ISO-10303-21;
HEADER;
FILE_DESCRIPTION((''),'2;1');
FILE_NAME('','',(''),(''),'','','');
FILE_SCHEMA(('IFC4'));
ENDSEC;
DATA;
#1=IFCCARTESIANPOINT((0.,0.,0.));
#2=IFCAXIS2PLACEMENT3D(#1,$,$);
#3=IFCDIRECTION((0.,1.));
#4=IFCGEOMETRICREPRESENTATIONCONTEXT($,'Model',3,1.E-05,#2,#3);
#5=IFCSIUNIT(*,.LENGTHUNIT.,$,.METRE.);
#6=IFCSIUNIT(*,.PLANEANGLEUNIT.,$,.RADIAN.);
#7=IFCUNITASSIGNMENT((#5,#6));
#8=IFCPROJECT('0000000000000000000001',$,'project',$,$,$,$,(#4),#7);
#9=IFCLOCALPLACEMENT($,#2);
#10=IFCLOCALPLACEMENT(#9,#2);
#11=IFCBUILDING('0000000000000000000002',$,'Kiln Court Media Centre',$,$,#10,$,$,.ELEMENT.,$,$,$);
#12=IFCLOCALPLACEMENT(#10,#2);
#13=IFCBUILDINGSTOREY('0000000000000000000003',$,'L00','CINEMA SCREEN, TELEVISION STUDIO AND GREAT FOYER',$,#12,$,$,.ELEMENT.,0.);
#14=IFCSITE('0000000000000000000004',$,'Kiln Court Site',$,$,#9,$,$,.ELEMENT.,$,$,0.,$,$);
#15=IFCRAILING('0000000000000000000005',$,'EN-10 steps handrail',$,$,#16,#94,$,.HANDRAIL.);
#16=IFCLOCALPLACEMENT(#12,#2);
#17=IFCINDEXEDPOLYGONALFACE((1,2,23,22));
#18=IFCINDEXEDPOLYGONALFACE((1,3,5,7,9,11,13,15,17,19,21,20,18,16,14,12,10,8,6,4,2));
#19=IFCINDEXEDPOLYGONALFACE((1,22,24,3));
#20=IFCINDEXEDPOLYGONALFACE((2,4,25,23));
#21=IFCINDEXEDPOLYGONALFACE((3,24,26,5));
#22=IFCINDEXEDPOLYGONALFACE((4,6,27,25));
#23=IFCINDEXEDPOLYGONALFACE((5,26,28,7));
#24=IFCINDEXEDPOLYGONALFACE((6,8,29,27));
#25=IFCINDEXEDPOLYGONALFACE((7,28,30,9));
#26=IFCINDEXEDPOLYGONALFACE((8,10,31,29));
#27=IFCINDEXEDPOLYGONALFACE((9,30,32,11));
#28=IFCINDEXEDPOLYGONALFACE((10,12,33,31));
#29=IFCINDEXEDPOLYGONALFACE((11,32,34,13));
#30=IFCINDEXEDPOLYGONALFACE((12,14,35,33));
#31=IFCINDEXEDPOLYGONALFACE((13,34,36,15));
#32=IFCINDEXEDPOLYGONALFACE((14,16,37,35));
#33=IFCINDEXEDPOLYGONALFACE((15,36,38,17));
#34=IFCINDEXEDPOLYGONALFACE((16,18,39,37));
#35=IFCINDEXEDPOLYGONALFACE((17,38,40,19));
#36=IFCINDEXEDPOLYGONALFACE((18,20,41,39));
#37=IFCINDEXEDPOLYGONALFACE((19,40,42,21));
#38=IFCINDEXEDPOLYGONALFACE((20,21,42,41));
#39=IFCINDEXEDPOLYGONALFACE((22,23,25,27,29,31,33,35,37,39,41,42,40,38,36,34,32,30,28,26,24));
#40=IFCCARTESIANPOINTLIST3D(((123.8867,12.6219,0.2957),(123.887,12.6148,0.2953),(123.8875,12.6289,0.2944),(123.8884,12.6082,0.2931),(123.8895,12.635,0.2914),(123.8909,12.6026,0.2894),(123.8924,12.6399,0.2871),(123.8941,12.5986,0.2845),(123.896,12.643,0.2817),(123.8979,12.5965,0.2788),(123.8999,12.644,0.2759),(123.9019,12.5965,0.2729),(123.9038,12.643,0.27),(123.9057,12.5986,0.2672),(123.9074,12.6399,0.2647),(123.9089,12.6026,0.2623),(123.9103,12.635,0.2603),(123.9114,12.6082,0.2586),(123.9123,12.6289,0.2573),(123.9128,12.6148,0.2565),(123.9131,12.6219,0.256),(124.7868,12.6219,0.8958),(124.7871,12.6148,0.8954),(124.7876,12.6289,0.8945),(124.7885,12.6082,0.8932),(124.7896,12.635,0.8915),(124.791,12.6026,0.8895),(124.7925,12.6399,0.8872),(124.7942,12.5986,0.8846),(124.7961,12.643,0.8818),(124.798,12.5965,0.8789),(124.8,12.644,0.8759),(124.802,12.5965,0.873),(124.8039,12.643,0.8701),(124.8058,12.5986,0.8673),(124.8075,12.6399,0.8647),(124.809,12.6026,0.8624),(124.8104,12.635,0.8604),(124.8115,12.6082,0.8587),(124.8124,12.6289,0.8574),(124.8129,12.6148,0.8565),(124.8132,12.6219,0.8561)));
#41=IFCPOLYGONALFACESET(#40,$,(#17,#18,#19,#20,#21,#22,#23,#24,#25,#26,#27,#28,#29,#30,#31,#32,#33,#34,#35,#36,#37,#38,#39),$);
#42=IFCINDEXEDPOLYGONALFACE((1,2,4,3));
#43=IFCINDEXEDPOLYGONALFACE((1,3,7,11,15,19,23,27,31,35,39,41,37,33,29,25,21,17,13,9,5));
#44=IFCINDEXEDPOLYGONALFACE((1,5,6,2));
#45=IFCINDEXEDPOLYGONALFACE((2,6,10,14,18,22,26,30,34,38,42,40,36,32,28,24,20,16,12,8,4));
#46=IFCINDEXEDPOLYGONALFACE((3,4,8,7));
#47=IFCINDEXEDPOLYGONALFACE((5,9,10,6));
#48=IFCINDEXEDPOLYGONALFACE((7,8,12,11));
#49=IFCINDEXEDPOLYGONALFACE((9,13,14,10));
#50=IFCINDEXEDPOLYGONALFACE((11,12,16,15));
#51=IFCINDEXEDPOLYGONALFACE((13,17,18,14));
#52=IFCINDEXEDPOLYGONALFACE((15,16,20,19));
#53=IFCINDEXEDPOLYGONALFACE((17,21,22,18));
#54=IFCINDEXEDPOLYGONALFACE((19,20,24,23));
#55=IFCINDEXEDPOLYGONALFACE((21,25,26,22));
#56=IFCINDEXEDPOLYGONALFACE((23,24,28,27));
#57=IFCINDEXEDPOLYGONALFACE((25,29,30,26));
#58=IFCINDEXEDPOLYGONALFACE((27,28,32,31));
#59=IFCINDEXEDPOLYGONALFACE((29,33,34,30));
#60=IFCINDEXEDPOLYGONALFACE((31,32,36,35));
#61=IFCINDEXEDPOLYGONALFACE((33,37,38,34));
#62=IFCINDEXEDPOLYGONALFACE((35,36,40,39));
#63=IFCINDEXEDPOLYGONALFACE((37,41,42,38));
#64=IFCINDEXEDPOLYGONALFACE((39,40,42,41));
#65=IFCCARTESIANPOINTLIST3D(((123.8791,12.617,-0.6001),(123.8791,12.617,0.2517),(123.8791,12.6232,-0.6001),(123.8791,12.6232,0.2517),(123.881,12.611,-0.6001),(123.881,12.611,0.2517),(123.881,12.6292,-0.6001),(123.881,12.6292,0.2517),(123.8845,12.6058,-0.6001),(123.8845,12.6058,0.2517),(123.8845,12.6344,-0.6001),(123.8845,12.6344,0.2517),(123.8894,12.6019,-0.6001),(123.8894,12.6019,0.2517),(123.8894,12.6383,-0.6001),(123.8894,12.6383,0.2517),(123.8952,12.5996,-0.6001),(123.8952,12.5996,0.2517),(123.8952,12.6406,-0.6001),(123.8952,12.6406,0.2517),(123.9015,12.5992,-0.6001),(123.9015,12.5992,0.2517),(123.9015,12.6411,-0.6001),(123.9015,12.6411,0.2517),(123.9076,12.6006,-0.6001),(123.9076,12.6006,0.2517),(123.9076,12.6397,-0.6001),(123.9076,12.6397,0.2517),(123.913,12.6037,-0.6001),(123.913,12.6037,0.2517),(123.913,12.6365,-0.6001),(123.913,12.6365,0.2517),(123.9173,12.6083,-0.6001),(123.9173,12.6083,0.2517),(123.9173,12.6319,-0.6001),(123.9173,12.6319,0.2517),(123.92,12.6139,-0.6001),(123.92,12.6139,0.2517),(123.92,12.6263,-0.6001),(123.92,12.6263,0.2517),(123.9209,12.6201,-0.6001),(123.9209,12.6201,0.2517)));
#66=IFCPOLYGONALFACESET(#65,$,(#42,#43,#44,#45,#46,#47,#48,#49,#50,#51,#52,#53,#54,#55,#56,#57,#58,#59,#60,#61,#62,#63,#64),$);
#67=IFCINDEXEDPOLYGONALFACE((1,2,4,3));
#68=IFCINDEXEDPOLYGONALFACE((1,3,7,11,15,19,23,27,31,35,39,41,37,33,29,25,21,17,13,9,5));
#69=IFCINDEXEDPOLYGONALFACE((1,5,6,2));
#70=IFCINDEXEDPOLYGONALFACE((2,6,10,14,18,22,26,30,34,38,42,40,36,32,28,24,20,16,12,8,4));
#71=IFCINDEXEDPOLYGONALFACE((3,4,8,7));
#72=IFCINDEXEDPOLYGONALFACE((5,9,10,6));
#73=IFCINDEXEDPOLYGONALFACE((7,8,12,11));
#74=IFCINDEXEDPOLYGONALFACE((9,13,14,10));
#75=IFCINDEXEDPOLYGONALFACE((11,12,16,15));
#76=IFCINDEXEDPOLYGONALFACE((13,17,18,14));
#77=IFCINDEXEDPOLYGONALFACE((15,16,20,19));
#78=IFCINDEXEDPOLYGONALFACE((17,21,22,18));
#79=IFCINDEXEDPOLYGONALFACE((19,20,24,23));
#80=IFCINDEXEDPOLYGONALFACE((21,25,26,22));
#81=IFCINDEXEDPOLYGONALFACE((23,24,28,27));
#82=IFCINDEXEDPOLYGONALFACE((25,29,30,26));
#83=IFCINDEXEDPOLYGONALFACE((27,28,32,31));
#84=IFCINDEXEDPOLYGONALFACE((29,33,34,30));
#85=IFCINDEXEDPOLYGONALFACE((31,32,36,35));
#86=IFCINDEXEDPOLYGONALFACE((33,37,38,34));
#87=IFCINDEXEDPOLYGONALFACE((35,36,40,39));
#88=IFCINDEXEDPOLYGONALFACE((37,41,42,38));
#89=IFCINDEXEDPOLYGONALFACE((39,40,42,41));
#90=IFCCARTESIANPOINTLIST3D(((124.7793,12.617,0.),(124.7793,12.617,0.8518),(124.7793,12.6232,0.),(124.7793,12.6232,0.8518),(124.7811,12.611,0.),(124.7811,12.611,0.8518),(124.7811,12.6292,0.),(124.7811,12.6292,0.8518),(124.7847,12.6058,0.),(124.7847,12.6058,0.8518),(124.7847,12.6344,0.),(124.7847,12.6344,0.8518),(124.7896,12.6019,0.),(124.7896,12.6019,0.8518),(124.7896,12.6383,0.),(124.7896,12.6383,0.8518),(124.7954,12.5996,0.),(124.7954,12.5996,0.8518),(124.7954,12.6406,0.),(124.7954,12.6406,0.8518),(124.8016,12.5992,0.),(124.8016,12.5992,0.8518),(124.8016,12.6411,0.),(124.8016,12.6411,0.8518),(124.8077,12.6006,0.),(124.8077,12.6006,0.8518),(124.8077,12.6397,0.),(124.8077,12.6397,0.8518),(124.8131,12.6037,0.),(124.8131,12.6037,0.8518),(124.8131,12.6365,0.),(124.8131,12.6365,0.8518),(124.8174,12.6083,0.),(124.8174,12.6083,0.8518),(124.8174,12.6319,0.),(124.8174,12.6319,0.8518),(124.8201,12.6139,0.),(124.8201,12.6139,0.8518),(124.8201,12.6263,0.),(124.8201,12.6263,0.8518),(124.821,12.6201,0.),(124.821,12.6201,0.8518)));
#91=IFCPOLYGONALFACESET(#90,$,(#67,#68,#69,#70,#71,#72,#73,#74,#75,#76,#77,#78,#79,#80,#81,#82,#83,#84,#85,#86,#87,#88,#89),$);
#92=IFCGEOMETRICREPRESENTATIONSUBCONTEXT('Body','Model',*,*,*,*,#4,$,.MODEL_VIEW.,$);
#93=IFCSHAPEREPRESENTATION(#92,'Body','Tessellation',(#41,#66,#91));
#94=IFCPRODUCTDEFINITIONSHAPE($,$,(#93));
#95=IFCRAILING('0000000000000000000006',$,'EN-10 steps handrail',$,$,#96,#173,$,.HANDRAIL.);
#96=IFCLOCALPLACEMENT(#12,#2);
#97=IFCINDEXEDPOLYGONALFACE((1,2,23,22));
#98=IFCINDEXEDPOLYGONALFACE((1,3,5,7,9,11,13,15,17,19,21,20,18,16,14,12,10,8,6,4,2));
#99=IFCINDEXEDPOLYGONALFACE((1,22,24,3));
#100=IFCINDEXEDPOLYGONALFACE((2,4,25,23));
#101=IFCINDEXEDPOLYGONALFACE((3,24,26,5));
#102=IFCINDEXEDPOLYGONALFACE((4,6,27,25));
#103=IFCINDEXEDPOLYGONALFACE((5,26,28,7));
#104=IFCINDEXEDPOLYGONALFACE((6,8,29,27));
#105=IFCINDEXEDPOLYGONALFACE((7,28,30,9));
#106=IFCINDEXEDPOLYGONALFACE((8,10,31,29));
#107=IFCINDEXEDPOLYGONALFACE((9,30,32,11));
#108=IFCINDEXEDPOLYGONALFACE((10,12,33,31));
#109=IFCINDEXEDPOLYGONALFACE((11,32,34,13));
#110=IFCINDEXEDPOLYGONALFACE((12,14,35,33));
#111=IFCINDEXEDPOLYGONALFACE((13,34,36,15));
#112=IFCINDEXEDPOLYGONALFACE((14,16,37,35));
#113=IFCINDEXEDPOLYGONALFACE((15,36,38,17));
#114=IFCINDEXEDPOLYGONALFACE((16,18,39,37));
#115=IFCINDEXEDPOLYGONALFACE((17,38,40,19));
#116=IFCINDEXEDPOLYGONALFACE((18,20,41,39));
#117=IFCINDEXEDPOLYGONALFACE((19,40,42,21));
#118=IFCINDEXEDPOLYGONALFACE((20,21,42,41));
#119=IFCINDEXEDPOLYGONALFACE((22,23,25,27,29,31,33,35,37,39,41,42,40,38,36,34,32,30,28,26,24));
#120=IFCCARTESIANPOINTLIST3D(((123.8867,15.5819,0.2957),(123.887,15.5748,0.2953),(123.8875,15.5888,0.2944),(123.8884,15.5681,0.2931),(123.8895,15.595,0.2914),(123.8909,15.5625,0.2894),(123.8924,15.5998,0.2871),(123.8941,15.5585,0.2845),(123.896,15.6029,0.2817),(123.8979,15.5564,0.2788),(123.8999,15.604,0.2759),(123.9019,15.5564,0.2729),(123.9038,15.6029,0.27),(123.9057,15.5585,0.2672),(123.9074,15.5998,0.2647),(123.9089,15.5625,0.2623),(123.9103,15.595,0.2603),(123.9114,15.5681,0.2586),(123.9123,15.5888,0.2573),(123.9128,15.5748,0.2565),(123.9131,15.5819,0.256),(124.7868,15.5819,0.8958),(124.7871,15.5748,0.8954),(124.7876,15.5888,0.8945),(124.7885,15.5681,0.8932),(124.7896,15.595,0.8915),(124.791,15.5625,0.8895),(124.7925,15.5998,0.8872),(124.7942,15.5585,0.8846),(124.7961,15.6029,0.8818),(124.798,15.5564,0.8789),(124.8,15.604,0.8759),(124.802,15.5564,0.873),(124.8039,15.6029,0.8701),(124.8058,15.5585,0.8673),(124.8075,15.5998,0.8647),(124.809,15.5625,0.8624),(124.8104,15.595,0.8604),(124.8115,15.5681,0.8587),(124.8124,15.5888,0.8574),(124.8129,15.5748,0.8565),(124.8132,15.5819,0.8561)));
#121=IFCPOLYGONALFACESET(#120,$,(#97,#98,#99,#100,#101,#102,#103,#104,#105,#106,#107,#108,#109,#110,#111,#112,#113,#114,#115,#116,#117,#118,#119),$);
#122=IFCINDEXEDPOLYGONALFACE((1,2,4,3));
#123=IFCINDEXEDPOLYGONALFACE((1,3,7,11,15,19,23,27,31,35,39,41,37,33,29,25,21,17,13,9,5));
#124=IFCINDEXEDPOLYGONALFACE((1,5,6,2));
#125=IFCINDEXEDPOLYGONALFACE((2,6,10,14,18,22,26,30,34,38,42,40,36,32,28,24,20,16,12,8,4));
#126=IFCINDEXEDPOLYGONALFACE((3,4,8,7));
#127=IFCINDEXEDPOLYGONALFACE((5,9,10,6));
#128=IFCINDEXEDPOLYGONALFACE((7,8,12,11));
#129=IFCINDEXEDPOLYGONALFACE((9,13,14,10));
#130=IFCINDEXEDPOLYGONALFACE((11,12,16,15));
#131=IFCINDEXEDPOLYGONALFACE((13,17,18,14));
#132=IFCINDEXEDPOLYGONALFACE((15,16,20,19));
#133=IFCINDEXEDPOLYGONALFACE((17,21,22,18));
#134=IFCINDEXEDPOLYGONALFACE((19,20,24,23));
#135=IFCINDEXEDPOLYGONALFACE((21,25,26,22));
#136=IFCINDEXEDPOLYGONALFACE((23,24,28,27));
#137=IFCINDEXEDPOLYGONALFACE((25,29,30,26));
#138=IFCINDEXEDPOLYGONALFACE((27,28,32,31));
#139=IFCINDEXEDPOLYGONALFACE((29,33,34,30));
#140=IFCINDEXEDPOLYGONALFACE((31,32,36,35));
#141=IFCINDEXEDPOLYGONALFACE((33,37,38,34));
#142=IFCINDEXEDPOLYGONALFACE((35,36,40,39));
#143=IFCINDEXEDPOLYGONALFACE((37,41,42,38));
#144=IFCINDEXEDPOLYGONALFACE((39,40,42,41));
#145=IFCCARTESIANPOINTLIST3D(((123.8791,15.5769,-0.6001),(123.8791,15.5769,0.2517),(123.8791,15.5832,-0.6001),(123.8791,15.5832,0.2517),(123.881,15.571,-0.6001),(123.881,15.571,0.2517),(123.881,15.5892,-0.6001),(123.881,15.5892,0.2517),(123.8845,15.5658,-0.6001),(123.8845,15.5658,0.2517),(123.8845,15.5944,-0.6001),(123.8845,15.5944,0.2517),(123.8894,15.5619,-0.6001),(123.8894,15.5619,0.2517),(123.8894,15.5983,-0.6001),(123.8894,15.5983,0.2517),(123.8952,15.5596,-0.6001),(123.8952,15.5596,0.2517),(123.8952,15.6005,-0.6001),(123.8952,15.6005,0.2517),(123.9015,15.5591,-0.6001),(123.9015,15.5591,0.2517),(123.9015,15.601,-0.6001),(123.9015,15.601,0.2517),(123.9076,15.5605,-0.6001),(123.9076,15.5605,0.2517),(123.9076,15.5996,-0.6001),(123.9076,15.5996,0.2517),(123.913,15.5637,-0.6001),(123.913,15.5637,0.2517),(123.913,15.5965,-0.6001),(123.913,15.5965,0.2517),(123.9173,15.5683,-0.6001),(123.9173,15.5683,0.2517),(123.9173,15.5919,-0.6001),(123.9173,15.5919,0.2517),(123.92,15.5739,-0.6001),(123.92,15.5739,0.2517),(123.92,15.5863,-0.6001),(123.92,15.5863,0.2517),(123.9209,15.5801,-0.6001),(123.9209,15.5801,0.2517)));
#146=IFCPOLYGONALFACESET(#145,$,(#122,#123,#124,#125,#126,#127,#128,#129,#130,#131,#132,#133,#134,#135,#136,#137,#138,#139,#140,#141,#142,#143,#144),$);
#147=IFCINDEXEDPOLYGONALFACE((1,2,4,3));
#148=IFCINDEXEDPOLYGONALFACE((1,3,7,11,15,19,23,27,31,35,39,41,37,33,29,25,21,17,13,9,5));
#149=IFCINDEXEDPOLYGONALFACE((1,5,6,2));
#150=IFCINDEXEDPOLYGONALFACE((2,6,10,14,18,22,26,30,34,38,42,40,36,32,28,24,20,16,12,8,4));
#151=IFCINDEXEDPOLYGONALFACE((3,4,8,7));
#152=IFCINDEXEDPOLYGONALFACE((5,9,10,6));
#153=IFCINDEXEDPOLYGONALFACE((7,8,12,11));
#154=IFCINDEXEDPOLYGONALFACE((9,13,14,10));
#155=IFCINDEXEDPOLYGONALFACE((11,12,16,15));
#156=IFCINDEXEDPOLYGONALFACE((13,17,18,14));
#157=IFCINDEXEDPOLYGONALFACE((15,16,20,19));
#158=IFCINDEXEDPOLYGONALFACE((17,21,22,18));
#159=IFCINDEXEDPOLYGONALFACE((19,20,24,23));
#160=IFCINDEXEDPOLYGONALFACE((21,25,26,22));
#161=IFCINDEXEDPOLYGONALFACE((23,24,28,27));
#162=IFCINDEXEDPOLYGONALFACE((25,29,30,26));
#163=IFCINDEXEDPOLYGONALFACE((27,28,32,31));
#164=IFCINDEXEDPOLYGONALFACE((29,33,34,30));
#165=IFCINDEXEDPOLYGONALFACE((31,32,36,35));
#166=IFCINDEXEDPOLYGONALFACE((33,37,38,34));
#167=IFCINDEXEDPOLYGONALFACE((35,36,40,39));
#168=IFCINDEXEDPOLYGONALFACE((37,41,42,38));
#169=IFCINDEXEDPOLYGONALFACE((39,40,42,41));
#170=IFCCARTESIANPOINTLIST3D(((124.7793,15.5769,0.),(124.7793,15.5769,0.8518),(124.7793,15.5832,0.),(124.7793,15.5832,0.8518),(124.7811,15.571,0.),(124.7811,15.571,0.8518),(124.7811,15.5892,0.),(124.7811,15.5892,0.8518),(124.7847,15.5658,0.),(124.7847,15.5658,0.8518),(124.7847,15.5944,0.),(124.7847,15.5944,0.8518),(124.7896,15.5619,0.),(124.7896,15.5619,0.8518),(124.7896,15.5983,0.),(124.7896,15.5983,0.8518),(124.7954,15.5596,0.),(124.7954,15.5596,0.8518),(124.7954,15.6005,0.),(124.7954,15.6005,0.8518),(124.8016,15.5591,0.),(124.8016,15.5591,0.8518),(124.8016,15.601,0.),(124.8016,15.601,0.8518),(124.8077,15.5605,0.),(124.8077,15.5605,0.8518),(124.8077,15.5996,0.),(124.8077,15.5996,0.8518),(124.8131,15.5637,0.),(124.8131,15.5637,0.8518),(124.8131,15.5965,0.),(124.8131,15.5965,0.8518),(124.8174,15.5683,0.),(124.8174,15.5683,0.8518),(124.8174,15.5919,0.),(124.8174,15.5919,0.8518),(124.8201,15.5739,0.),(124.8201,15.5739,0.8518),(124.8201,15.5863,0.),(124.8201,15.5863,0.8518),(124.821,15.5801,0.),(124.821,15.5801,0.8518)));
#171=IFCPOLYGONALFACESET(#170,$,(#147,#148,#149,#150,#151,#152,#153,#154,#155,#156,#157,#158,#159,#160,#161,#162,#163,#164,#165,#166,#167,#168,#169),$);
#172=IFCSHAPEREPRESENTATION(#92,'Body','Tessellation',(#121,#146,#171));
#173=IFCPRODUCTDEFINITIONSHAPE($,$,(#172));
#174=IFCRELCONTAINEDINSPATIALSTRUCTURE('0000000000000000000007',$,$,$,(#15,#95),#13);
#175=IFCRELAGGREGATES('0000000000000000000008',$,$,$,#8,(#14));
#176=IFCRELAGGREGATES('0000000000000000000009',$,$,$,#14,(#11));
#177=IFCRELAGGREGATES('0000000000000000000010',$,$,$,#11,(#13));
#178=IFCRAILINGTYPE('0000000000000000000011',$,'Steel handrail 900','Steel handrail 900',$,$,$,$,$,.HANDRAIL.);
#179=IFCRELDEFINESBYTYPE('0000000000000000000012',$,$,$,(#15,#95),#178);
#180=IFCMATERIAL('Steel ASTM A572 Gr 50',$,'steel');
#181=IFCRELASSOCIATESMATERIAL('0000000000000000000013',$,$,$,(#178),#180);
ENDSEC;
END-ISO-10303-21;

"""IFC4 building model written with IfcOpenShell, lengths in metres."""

from ifc_helpers import new_model, si_unit, direction, frame, origin, origin_2d, place, context, subcontext, project, spatial, circle, extrude, material, type_object, element, save


model = new_model("IFC4")

# Units and contexts
model_context = context("Model", 3, precision=1e-05, world=origin(), true_north=direction((0.0, 1.0)))
body_context = subcontext(model_context, "Body", "Model", "MODEL_VIEW")
ifc_project = project(units=[si_unit("LENGTHUNIT", "METRE"), si_unit("PLANEANGLEUNIT", "RADIAN")], contexts=[model_context])

# Site, building, storey
site_placement = place(None, origin())
site = spatial("IfcSite", under=ifc_project, at=site_placement, Name="Kiln Court Site", CompositionType="ELEMENT", RefElevation=0.0)
building_placement = place(site_placement, origin())
building = spatial("IfcBuilding", under=site, at=building_placement, Name="Kiln Court Media Centre", CompositionType="ELEMENT")
storey_placement = place(building_placement, origin())
storey = spatial("IfcBuildingStorey", under=building, at=storey_placement, Name="L00", Description="CINEMA SCREEN, TELEVISION STUDIO AND GREAT FOYER", CompositionType="ELEMENT", Elevation=0.0)

# Railings
ifc_material_1 = material(Name="Steel ASTM A572 Gr 50", Category="steel")
railing_type_1 = type_object("IfcRailingType", Name="Steel handrail 900", Description="Steel handrail 900", PredefinedType="HANDRAIL", material=ifc_material_1)
for number, where, name in (
    (1, (123.8999, 12.6201, -0.6001), "EN-10 steps handrail"),
    (2, (123.8999, 15.5801, -0.6001), "EN-10 steps handrail"),
):
    element("IfcRailing", number, at=place(storey_placement, frame(where)), inside=storey, type_object=railing_type_1, Name=name, PredefinedType="HANDRAIL", context=body_context, shape_type="SweptSolid", body=[
        extrude(circle(Radius=0.0239, at=origin_2d()), frame((0.0, 0.0, 0.876), z_axis=(0.83205, 0.0, 0.5547), x_axis=(0.0, 1.0, 0.0)), (0.0, 0.0, 1.0), 1.0818),
        extrude(circle(Radius=0.021, at=origin_2d()), origin(), (0.0, 0.0, 1.0), 0.8518),
        extrude(circle(Radius=0.021, at=origin_2d()), frame((0.9001, 0.0, 0.6001)), (0.0, 0.0, 1.0), 0.8518),
    ])

save(model, "model.ifc")
